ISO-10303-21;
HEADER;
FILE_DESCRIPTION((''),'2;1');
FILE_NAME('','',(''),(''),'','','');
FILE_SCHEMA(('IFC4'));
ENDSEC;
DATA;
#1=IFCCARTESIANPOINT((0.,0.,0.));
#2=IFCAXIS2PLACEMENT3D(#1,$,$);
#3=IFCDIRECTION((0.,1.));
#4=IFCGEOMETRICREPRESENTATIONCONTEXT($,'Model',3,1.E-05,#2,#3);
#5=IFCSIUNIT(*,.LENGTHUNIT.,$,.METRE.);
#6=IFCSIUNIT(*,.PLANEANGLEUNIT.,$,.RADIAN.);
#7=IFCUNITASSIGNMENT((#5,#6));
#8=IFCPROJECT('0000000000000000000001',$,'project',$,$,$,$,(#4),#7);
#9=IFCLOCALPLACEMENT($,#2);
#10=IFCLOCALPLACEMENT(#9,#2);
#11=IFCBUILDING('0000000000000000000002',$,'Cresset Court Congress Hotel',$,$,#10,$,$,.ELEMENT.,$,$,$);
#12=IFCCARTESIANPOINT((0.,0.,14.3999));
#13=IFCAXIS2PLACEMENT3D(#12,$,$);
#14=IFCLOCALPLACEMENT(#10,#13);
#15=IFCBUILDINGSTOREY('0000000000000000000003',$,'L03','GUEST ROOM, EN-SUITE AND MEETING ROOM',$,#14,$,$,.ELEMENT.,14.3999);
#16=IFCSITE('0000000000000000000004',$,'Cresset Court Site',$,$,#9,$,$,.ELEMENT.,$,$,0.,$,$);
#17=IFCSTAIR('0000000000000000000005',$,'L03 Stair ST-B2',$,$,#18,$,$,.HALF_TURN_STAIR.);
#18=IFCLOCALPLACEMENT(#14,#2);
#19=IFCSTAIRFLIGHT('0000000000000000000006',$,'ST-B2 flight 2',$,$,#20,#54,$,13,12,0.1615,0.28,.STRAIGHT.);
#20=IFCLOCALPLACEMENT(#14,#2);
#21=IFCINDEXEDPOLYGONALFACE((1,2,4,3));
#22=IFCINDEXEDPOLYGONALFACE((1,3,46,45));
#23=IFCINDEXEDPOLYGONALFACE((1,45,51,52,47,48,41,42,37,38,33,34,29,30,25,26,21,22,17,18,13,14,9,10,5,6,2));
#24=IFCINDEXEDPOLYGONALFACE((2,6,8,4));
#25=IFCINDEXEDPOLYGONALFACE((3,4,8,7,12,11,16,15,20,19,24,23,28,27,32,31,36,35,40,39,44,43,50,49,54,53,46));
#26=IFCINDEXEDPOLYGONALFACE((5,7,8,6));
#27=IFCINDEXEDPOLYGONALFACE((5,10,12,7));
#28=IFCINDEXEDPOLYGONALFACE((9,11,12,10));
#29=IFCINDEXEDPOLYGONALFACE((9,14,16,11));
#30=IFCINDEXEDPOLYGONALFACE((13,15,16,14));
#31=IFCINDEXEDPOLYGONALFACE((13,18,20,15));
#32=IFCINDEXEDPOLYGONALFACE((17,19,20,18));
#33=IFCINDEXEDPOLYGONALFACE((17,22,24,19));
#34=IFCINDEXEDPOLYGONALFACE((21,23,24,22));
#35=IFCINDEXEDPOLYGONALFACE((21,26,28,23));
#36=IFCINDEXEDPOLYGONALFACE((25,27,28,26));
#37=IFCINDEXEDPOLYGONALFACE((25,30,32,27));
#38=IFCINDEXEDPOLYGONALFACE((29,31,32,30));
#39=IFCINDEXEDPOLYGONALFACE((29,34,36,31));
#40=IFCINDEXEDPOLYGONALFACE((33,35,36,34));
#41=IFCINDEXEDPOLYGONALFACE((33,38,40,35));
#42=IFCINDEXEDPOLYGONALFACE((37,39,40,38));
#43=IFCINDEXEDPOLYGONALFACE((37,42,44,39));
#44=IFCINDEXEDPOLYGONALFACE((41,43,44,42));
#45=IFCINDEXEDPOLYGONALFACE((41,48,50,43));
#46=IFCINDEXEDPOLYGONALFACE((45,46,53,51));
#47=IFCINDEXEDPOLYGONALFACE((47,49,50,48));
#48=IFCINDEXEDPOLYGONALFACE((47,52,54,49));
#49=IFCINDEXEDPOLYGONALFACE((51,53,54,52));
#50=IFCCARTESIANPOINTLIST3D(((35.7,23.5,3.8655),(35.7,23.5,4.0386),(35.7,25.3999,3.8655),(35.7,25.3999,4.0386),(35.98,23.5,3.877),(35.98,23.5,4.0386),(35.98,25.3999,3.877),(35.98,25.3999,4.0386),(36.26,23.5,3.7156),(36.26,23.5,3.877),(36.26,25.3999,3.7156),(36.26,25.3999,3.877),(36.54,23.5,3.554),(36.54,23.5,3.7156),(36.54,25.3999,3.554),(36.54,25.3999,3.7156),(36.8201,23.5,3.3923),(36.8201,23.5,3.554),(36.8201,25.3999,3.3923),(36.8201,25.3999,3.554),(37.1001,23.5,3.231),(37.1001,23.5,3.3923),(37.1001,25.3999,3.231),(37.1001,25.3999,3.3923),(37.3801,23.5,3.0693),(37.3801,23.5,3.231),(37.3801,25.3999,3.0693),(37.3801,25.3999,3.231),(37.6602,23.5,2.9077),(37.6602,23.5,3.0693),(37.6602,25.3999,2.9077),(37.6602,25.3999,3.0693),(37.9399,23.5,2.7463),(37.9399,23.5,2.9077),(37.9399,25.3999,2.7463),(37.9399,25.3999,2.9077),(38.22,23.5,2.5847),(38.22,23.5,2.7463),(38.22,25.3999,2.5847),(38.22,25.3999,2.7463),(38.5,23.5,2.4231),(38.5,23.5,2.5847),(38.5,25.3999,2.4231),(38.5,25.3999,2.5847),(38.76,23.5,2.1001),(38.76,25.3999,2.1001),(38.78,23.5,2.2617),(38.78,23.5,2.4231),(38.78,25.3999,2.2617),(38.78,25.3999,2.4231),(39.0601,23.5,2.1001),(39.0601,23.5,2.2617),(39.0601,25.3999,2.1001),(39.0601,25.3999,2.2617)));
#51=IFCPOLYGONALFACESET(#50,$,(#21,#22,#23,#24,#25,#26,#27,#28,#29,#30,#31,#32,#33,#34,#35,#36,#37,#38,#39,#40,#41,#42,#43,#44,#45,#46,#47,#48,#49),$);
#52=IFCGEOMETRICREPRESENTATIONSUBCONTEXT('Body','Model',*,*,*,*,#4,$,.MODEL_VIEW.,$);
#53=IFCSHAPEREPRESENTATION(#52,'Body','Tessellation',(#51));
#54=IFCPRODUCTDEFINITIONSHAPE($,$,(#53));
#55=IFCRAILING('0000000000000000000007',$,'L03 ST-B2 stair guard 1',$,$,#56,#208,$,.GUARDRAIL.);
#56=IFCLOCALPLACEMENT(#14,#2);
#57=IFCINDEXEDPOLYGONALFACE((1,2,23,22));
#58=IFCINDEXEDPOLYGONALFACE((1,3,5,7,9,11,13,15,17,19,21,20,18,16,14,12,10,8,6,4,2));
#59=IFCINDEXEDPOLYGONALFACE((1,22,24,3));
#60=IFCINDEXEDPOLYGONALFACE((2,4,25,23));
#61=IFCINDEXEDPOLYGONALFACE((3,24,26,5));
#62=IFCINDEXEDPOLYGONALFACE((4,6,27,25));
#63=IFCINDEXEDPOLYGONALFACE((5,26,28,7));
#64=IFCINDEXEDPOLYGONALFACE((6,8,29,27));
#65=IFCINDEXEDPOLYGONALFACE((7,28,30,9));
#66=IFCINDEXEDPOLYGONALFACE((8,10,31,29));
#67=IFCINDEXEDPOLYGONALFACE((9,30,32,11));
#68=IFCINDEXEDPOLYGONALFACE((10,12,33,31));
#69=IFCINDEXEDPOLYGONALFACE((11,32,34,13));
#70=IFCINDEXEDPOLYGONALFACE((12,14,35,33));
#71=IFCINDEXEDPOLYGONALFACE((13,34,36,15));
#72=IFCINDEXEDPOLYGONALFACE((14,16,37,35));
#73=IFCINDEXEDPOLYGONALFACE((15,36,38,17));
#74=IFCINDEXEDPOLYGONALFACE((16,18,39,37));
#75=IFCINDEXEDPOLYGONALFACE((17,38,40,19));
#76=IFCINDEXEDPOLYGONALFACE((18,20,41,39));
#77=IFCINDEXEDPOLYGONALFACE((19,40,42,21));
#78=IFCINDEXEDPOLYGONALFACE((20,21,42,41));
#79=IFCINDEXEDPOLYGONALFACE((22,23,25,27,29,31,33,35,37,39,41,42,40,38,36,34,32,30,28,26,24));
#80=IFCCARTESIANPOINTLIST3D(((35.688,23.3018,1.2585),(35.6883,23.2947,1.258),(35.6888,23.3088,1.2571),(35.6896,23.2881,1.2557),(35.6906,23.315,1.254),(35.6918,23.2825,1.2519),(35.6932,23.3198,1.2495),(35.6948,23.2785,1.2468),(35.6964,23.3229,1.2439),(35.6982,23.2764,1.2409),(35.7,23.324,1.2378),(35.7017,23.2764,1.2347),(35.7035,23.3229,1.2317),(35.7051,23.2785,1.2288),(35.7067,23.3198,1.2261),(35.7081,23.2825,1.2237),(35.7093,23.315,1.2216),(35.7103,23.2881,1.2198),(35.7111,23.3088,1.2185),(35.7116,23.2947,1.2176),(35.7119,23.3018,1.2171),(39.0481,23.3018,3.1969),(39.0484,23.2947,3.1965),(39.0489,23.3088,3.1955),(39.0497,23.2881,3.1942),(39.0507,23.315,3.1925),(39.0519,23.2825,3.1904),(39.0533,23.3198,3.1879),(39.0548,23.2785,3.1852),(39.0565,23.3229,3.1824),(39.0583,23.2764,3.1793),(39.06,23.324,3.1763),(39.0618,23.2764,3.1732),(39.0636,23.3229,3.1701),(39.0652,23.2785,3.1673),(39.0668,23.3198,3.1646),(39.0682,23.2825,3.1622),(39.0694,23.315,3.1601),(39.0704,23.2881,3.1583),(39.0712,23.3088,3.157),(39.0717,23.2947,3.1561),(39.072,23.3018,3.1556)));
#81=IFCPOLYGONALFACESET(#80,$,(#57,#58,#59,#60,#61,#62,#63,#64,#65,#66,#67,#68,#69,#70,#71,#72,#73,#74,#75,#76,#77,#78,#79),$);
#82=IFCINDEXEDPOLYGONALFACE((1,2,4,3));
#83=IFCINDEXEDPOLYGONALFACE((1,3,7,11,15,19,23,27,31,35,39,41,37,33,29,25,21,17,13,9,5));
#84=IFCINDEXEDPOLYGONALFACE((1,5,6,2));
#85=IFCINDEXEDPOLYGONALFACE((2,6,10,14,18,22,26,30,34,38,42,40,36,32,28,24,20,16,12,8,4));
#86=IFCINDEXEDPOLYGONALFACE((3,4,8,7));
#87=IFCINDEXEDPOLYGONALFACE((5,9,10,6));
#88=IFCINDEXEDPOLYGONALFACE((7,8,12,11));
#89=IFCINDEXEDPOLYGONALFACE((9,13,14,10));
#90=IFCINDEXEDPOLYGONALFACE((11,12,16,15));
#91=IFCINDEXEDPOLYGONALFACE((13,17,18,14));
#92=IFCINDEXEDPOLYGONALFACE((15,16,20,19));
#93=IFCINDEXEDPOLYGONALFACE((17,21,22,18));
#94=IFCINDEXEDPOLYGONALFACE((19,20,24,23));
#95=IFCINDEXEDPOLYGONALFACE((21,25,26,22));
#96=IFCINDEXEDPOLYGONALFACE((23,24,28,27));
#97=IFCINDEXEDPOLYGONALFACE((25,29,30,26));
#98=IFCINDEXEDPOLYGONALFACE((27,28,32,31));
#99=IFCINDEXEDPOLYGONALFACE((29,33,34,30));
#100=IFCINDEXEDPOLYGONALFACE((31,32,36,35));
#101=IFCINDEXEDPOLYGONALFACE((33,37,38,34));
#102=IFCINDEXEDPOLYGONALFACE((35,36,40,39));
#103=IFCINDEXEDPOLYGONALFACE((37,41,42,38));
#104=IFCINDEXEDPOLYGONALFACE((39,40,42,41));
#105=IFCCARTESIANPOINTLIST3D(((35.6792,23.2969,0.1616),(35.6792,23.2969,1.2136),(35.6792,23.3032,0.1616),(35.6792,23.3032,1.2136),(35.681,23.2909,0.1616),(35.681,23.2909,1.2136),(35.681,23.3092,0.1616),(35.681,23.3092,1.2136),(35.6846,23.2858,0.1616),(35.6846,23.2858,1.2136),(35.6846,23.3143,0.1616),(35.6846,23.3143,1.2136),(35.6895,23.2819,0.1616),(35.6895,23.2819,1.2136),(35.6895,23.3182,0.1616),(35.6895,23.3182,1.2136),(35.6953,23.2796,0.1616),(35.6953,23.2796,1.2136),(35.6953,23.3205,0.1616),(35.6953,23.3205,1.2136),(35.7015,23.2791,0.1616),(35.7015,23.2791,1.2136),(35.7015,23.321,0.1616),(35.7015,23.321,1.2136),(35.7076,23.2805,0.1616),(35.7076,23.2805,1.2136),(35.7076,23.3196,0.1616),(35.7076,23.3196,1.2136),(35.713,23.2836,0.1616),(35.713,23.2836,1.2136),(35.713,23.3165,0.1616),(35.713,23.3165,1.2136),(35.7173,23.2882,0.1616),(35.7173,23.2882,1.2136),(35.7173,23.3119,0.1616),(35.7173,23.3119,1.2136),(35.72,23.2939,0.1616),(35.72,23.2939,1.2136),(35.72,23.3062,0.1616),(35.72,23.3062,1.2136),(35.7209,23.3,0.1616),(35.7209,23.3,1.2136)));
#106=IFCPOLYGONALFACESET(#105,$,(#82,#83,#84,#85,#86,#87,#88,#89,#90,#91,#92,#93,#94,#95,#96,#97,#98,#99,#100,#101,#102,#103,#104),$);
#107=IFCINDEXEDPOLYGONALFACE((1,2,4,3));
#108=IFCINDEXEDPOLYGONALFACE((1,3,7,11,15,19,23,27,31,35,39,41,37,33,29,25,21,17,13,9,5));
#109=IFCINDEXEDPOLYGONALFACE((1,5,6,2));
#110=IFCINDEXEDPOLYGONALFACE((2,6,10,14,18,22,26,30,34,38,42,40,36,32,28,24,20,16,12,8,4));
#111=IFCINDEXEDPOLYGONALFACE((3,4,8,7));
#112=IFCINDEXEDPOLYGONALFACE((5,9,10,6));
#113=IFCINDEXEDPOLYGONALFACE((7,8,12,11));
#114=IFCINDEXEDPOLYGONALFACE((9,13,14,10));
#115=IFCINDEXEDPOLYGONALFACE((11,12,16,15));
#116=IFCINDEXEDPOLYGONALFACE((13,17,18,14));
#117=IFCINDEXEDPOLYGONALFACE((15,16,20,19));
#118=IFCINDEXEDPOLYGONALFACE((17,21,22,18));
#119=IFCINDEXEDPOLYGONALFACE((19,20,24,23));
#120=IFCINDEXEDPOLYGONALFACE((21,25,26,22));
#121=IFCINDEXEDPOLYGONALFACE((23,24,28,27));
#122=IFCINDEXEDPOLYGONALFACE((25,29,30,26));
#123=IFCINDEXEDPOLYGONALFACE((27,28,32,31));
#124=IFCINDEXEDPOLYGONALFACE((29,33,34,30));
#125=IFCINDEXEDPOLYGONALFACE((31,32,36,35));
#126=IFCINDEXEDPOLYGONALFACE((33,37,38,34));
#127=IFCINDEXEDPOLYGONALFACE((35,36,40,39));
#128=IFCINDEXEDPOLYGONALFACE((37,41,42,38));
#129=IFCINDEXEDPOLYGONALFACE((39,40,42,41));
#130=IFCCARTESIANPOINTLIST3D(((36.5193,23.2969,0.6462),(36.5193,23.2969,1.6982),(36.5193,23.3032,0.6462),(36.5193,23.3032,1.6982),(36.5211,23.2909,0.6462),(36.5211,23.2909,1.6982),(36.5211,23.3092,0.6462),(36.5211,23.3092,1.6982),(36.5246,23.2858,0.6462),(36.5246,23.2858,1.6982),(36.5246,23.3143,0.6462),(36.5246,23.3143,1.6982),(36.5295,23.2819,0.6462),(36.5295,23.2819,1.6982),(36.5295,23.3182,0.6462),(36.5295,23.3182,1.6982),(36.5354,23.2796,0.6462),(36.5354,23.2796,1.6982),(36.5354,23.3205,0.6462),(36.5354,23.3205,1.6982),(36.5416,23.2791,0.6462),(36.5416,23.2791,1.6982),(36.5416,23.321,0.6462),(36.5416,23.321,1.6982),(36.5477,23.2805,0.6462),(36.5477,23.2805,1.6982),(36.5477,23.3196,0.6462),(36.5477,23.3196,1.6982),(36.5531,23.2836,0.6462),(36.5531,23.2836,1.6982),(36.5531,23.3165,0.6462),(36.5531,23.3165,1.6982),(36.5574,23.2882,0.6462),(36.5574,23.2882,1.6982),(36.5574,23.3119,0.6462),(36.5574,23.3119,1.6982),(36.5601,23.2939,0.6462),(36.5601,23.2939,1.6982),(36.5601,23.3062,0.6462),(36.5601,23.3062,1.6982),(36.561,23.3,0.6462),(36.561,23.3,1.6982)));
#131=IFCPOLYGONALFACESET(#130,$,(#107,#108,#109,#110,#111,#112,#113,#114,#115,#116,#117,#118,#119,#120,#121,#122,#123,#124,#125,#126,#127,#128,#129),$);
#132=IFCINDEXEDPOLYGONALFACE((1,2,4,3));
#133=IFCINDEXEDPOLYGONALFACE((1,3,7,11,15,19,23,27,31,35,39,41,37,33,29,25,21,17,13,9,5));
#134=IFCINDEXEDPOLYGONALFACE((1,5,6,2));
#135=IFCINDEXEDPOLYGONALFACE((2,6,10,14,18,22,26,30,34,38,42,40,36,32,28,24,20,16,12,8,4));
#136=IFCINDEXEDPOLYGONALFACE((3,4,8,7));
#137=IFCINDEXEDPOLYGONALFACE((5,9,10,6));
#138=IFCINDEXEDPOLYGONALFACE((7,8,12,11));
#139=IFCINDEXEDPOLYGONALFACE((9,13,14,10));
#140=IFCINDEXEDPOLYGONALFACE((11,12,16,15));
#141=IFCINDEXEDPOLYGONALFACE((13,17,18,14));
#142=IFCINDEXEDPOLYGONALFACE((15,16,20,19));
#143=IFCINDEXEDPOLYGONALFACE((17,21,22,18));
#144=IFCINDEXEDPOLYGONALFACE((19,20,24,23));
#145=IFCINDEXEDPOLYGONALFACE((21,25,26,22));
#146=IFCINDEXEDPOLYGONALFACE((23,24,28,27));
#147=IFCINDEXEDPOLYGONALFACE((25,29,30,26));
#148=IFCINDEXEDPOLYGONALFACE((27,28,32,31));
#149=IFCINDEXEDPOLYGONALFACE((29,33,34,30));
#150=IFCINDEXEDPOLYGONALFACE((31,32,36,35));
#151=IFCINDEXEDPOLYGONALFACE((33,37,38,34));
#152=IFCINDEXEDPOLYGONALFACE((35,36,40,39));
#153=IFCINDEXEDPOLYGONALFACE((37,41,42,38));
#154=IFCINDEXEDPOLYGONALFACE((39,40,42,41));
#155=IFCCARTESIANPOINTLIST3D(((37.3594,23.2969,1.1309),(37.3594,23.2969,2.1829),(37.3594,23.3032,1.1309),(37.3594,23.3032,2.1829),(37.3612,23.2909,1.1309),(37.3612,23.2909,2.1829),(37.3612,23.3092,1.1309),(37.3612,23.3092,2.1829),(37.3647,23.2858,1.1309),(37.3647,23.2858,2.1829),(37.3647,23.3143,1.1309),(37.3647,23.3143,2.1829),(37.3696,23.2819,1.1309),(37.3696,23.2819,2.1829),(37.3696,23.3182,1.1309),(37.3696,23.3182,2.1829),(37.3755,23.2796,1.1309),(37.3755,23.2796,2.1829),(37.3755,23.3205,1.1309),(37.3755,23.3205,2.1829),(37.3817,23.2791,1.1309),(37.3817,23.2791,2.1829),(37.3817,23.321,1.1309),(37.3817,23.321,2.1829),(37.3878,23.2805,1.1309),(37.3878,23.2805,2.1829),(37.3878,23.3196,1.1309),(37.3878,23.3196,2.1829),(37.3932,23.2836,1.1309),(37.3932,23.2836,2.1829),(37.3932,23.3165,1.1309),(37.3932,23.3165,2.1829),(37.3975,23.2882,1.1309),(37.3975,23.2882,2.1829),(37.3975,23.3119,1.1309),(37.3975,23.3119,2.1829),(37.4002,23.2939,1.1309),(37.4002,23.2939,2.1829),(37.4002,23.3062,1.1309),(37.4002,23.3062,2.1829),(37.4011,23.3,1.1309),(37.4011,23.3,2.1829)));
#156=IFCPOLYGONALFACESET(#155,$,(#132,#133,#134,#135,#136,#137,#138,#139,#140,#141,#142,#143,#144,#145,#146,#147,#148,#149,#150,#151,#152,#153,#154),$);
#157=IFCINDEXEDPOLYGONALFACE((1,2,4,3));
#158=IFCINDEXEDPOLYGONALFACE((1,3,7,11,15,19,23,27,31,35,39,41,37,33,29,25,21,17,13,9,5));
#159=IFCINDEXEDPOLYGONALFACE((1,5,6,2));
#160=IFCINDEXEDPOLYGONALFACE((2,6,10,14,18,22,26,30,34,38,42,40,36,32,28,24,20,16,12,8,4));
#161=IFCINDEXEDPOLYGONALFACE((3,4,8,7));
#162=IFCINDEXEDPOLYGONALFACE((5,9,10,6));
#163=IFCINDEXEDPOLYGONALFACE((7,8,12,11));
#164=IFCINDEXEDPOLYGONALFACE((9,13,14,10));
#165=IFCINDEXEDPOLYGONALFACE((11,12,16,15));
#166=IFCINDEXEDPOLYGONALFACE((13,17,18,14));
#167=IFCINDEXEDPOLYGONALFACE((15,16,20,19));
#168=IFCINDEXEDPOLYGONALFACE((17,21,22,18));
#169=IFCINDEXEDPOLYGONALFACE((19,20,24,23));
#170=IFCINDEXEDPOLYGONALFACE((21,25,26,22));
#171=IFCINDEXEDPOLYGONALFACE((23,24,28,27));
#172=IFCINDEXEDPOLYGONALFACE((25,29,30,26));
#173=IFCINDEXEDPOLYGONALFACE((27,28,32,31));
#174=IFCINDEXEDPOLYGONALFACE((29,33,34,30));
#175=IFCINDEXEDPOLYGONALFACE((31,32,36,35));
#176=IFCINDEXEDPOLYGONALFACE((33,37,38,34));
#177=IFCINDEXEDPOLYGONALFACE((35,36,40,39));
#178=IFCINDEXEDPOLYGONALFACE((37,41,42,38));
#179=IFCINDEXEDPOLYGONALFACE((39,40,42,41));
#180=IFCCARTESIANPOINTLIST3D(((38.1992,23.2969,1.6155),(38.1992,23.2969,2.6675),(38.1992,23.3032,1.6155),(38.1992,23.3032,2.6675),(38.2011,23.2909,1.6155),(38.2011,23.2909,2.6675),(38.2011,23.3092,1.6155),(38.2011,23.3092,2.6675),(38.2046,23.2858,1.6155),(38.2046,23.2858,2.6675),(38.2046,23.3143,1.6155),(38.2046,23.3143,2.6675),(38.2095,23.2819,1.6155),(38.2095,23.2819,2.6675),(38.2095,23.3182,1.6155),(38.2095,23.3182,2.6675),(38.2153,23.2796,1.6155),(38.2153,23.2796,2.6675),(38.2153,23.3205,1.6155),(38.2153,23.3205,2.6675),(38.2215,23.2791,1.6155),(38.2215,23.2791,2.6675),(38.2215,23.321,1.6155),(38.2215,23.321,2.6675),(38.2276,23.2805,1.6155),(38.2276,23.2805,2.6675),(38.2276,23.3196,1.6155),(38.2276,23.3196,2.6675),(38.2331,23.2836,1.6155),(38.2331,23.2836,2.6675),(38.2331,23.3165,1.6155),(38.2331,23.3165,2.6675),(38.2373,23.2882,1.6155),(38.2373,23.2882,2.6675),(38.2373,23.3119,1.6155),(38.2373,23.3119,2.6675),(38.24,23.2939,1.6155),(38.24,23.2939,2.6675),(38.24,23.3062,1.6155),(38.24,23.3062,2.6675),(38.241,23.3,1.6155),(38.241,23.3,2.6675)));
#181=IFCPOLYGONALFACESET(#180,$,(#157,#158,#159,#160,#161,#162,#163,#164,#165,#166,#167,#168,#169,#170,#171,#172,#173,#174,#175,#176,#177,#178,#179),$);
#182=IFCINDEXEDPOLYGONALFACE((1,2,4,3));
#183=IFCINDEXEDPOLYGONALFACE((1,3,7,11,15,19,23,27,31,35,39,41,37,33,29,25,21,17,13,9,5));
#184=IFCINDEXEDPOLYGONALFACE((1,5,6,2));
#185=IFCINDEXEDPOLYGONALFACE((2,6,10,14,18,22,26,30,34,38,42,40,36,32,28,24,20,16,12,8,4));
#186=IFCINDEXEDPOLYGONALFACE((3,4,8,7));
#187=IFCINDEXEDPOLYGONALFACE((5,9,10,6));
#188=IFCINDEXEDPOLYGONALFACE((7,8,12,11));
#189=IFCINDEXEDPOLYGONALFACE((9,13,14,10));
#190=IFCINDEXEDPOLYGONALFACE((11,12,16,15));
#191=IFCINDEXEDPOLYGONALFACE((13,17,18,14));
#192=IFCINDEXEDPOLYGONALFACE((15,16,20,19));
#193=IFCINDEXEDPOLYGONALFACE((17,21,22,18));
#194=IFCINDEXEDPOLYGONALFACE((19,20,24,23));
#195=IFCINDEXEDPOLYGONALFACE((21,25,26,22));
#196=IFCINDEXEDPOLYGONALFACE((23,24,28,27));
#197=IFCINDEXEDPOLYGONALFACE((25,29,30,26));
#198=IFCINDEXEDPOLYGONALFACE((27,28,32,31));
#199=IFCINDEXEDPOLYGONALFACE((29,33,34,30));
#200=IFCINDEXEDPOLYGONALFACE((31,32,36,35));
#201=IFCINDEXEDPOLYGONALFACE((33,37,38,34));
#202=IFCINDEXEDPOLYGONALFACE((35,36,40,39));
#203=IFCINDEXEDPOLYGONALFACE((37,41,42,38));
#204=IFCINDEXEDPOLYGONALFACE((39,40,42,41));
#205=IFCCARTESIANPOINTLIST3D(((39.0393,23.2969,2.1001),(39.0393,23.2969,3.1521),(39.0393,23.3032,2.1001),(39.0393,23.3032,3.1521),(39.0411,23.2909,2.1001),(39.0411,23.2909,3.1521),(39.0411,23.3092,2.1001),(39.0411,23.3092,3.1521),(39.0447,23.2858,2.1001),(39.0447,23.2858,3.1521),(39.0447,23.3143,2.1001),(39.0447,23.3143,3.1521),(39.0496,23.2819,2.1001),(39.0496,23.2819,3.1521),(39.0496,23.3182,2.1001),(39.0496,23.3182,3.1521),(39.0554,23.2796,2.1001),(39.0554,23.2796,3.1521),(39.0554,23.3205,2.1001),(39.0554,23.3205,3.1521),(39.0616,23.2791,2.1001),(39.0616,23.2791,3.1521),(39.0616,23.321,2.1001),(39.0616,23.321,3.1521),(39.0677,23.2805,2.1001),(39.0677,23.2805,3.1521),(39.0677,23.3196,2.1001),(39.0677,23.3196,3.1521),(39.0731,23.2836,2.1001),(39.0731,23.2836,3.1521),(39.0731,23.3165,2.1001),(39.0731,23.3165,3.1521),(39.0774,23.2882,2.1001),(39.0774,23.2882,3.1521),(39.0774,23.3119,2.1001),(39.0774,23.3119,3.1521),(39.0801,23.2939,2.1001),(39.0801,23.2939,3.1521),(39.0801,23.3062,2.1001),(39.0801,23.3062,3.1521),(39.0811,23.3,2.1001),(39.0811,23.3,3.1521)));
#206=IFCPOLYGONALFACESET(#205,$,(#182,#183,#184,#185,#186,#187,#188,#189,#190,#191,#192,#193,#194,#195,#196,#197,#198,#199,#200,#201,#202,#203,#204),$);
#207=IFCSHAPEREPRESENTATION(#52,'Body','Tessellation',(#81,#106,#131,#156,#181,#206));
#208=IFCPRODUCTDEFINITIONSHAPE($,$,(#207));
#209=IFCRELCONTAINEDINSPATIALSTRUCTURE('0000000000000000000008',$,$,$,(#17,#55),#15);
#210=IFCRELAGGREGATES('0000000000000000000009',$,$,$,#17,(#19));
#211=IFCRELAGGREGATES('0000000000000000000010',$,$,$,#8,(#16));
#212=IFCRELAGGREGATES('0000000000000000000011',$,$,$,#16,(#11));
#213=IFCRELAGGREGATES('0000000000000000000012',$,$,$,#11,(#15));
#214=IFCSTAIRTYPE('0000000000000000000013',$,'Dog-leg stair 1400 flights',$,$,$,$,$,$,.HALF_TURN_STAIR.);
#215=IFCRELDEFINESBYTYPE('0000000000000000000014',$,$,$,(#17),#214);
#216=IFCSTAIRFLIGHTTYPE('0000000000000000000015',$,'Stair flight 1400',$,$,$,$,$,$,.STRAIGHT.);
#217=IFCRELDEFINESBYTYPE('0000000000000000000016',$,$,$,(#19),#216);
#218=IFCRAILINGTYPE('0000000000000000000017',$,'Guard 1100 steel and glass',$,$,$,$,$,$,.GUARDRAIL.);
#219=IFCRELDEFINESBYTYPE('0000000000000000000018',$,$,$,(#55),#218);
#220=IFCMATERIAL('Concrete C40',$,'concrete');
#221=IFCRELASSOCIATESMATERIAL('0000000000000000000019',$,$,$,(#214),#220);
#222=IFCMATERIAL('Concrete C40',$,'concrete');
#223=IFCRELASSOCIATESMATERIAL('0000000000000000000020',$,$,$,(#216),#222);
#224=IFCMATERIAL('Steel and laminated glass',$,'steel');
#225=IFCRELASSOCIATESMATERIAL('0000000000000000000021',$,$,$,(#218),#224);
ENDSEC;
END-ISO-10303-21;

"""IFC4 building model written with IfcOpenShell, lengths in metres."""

from ifc_helpers import new_model, si_unit, direction, frame, origin, origin_2d, place, context, subcontext, project, spatial, polyline, circle, outline, extrude, material, type_object, element, aggregate, save


model = new_model("IFC4")

# Units and contexts
model_context = context("Model", 3, precision=1e-05, world=origin(), true_north=direction((0.0, 1.0)))
body_context = subcontext(model_context, "Body", "Model", "MODEL_VIEW")
ifc_project = project(units=[si_unit("LENGTHUNIT", "METRE"), si_unit("PLANEANGLEUNIT", "RADIAN")], contexts=[model_context])

# Site, building, storey
site_placement = place(None, origin())
site = spatial("IfcSite", under=ifc_project, at=site_placement, Name="Cresset Court Site", CompositionType="ELEMENT", RefElevation=0.0)
building_placement = place(site_placement, origin())
building = spatial("IfcBuilding", under=site, at=building_placement, Name="Cresset Court Congress Hotel", CompositionType="ELEMENT")
storey_placement = place(building_placement, frame((0.0, 0.0, 14.3999)))
storey = spatial("IfcBuildingStorey", under=building, at=storey_placement, Name="L03", Description="GUEST ROOM, EN-SUITE AND MEETING ROOM", CompositionType="ELEMENT", Elevation=14.3999)

# Stair, stair flight
ifc_material_1 = material(Name="Concrete C40", Category="concrete")
stair_type = type_object("IfcStairType", Name="Dog-leg stair 1400 flights", PredefinedType="HALF_TURN_STAIR", material=ifc_material_1)
stair_placement = place(storey_placement, origin())
stair = element("IfcStair", 1, at=stair_placement, inside=storey, type_object=stair_type, Name="L03 Stair ST-B2", PredefinedType="HALF_TURN_STAIR")
ifc_material_2 = material(Name="Concrete C40", Category="concrete")
stair_flight_type = type_object("IfcStairFlightType", Name="Stair flight 1400", PredefinedType="STRAIGHT", material=ifc_material_2)
stair_flight_1_placement = place(storey_placement, frame((39.0601, 24.45, 2.1001), z_axis=(0.0, 0.0, 1.0), x_axis=(-1.0, 0.0, 0.0)))
stair_flight_1 = element("IfcStairFlight", 2, at=stair_flight_1_placement, type_object=stair_flight_type, Name="ST-B2 flight 2", NumberOfRisers=13, NumberOfTreads=12, PredefinedType="STRAIGHT", RiserHeight=0.1615, TreadLength=0.28, context=body_context, shape_type="SweptSolid", body=[
    extrude(outline(polyline([(0.0, 0.0), (0.0, 0.1616), (0.28, 0.1616), (0.28, 0.323), (0.5601, 0.323), (0.5601, 0.4846), (0.8401, 0.4846), (0.8401, 0.6462), (1.1201, 0.6462), (1.1201, 0.8076), (1.3999, 0.8076), (1.3999, 0.9692), (1.6799, 0.9692), (1.6799, 1.1309), (1.96, 1.1309), (1.96, 1.2922), (2.24, 1.2922), (2.24, 1.4539), (2.52, 1.4539), (2.52, 1.6155), (2.8, 1.6155), (2.8, 1.7769), (3.0801, 1.7769), (3.0801, 1.9385), (3.3601, 1.9385), (3.3601, 2.1001), (3.3601, 1.7654), (0.3, 0.0), (0.0, 0.0)])), frame((0.0, 0.95, 0.0), z_axis=(0.0, -1.0, 0.0), x_axis=(1.0, 0.0, 0.0)), (0.0, 0.0, 1.0), 1.8999),
])
aggregate(stair, [stair_flight_1])

# Railing
ifc_material_3 = material(Name="Steel and laminated glass", Category="steel")
railing_type_1 = type_object("IfcRailingType", Name="Guard 1100 steel and glass", PredefinedType="GUARDRAIL", material=ifc_material_3)
railing_1_placement = place(storey_placement, frame((35.7, 23.3, 0.1616)))
element("IfcRailing", 3, at=railing_1_placement, inside=storey, type_object=railing_type_1, Name="L03 ST-B2 stair guard 1", PredefinedType="GUARDRAIL", context=body_context, shape_type="SweptSolid", body=[
    extrude(circle(Radius=0.0239, at=origin_2d()), frame((0.0, 0.0, 1.0762), z_axis=(0.866191, 0.0, 0.499713), x_axis=(0.0, 1.0, 0.0)), (0.0, 0.0, 1.0), 3.8792),
    extrude(circle(Radius=0.021, at=origin_2d()), origin(), (0.0, 0.0, 1.0), 1.052),
    extrude(circle(Radius=0.021, at=origin_2d()), frame((0.8401, 0.0, 0.4846)), (0.0, 0.0, 1.0), 1.052),
    extrude(circle(Radius=0.021, at=origin_2d()), frame((1.6802, 0.0, 0.9692)), (0.0, 0.0, 1.0), 1.052),
    extrude(circle(Radius=0.021, at=origin_2d()), frame((2.52, 0.0, 1.4539)), (0.0, 0.0, 1.0), 1.052),
    extrude(circle(Radius=0.021, at=origin_2d()), frame((3.3601, 0.0, 1.9385)), (0.0, 0.0, 1.0), 1.052),
])

save(model, "model.ifc")
